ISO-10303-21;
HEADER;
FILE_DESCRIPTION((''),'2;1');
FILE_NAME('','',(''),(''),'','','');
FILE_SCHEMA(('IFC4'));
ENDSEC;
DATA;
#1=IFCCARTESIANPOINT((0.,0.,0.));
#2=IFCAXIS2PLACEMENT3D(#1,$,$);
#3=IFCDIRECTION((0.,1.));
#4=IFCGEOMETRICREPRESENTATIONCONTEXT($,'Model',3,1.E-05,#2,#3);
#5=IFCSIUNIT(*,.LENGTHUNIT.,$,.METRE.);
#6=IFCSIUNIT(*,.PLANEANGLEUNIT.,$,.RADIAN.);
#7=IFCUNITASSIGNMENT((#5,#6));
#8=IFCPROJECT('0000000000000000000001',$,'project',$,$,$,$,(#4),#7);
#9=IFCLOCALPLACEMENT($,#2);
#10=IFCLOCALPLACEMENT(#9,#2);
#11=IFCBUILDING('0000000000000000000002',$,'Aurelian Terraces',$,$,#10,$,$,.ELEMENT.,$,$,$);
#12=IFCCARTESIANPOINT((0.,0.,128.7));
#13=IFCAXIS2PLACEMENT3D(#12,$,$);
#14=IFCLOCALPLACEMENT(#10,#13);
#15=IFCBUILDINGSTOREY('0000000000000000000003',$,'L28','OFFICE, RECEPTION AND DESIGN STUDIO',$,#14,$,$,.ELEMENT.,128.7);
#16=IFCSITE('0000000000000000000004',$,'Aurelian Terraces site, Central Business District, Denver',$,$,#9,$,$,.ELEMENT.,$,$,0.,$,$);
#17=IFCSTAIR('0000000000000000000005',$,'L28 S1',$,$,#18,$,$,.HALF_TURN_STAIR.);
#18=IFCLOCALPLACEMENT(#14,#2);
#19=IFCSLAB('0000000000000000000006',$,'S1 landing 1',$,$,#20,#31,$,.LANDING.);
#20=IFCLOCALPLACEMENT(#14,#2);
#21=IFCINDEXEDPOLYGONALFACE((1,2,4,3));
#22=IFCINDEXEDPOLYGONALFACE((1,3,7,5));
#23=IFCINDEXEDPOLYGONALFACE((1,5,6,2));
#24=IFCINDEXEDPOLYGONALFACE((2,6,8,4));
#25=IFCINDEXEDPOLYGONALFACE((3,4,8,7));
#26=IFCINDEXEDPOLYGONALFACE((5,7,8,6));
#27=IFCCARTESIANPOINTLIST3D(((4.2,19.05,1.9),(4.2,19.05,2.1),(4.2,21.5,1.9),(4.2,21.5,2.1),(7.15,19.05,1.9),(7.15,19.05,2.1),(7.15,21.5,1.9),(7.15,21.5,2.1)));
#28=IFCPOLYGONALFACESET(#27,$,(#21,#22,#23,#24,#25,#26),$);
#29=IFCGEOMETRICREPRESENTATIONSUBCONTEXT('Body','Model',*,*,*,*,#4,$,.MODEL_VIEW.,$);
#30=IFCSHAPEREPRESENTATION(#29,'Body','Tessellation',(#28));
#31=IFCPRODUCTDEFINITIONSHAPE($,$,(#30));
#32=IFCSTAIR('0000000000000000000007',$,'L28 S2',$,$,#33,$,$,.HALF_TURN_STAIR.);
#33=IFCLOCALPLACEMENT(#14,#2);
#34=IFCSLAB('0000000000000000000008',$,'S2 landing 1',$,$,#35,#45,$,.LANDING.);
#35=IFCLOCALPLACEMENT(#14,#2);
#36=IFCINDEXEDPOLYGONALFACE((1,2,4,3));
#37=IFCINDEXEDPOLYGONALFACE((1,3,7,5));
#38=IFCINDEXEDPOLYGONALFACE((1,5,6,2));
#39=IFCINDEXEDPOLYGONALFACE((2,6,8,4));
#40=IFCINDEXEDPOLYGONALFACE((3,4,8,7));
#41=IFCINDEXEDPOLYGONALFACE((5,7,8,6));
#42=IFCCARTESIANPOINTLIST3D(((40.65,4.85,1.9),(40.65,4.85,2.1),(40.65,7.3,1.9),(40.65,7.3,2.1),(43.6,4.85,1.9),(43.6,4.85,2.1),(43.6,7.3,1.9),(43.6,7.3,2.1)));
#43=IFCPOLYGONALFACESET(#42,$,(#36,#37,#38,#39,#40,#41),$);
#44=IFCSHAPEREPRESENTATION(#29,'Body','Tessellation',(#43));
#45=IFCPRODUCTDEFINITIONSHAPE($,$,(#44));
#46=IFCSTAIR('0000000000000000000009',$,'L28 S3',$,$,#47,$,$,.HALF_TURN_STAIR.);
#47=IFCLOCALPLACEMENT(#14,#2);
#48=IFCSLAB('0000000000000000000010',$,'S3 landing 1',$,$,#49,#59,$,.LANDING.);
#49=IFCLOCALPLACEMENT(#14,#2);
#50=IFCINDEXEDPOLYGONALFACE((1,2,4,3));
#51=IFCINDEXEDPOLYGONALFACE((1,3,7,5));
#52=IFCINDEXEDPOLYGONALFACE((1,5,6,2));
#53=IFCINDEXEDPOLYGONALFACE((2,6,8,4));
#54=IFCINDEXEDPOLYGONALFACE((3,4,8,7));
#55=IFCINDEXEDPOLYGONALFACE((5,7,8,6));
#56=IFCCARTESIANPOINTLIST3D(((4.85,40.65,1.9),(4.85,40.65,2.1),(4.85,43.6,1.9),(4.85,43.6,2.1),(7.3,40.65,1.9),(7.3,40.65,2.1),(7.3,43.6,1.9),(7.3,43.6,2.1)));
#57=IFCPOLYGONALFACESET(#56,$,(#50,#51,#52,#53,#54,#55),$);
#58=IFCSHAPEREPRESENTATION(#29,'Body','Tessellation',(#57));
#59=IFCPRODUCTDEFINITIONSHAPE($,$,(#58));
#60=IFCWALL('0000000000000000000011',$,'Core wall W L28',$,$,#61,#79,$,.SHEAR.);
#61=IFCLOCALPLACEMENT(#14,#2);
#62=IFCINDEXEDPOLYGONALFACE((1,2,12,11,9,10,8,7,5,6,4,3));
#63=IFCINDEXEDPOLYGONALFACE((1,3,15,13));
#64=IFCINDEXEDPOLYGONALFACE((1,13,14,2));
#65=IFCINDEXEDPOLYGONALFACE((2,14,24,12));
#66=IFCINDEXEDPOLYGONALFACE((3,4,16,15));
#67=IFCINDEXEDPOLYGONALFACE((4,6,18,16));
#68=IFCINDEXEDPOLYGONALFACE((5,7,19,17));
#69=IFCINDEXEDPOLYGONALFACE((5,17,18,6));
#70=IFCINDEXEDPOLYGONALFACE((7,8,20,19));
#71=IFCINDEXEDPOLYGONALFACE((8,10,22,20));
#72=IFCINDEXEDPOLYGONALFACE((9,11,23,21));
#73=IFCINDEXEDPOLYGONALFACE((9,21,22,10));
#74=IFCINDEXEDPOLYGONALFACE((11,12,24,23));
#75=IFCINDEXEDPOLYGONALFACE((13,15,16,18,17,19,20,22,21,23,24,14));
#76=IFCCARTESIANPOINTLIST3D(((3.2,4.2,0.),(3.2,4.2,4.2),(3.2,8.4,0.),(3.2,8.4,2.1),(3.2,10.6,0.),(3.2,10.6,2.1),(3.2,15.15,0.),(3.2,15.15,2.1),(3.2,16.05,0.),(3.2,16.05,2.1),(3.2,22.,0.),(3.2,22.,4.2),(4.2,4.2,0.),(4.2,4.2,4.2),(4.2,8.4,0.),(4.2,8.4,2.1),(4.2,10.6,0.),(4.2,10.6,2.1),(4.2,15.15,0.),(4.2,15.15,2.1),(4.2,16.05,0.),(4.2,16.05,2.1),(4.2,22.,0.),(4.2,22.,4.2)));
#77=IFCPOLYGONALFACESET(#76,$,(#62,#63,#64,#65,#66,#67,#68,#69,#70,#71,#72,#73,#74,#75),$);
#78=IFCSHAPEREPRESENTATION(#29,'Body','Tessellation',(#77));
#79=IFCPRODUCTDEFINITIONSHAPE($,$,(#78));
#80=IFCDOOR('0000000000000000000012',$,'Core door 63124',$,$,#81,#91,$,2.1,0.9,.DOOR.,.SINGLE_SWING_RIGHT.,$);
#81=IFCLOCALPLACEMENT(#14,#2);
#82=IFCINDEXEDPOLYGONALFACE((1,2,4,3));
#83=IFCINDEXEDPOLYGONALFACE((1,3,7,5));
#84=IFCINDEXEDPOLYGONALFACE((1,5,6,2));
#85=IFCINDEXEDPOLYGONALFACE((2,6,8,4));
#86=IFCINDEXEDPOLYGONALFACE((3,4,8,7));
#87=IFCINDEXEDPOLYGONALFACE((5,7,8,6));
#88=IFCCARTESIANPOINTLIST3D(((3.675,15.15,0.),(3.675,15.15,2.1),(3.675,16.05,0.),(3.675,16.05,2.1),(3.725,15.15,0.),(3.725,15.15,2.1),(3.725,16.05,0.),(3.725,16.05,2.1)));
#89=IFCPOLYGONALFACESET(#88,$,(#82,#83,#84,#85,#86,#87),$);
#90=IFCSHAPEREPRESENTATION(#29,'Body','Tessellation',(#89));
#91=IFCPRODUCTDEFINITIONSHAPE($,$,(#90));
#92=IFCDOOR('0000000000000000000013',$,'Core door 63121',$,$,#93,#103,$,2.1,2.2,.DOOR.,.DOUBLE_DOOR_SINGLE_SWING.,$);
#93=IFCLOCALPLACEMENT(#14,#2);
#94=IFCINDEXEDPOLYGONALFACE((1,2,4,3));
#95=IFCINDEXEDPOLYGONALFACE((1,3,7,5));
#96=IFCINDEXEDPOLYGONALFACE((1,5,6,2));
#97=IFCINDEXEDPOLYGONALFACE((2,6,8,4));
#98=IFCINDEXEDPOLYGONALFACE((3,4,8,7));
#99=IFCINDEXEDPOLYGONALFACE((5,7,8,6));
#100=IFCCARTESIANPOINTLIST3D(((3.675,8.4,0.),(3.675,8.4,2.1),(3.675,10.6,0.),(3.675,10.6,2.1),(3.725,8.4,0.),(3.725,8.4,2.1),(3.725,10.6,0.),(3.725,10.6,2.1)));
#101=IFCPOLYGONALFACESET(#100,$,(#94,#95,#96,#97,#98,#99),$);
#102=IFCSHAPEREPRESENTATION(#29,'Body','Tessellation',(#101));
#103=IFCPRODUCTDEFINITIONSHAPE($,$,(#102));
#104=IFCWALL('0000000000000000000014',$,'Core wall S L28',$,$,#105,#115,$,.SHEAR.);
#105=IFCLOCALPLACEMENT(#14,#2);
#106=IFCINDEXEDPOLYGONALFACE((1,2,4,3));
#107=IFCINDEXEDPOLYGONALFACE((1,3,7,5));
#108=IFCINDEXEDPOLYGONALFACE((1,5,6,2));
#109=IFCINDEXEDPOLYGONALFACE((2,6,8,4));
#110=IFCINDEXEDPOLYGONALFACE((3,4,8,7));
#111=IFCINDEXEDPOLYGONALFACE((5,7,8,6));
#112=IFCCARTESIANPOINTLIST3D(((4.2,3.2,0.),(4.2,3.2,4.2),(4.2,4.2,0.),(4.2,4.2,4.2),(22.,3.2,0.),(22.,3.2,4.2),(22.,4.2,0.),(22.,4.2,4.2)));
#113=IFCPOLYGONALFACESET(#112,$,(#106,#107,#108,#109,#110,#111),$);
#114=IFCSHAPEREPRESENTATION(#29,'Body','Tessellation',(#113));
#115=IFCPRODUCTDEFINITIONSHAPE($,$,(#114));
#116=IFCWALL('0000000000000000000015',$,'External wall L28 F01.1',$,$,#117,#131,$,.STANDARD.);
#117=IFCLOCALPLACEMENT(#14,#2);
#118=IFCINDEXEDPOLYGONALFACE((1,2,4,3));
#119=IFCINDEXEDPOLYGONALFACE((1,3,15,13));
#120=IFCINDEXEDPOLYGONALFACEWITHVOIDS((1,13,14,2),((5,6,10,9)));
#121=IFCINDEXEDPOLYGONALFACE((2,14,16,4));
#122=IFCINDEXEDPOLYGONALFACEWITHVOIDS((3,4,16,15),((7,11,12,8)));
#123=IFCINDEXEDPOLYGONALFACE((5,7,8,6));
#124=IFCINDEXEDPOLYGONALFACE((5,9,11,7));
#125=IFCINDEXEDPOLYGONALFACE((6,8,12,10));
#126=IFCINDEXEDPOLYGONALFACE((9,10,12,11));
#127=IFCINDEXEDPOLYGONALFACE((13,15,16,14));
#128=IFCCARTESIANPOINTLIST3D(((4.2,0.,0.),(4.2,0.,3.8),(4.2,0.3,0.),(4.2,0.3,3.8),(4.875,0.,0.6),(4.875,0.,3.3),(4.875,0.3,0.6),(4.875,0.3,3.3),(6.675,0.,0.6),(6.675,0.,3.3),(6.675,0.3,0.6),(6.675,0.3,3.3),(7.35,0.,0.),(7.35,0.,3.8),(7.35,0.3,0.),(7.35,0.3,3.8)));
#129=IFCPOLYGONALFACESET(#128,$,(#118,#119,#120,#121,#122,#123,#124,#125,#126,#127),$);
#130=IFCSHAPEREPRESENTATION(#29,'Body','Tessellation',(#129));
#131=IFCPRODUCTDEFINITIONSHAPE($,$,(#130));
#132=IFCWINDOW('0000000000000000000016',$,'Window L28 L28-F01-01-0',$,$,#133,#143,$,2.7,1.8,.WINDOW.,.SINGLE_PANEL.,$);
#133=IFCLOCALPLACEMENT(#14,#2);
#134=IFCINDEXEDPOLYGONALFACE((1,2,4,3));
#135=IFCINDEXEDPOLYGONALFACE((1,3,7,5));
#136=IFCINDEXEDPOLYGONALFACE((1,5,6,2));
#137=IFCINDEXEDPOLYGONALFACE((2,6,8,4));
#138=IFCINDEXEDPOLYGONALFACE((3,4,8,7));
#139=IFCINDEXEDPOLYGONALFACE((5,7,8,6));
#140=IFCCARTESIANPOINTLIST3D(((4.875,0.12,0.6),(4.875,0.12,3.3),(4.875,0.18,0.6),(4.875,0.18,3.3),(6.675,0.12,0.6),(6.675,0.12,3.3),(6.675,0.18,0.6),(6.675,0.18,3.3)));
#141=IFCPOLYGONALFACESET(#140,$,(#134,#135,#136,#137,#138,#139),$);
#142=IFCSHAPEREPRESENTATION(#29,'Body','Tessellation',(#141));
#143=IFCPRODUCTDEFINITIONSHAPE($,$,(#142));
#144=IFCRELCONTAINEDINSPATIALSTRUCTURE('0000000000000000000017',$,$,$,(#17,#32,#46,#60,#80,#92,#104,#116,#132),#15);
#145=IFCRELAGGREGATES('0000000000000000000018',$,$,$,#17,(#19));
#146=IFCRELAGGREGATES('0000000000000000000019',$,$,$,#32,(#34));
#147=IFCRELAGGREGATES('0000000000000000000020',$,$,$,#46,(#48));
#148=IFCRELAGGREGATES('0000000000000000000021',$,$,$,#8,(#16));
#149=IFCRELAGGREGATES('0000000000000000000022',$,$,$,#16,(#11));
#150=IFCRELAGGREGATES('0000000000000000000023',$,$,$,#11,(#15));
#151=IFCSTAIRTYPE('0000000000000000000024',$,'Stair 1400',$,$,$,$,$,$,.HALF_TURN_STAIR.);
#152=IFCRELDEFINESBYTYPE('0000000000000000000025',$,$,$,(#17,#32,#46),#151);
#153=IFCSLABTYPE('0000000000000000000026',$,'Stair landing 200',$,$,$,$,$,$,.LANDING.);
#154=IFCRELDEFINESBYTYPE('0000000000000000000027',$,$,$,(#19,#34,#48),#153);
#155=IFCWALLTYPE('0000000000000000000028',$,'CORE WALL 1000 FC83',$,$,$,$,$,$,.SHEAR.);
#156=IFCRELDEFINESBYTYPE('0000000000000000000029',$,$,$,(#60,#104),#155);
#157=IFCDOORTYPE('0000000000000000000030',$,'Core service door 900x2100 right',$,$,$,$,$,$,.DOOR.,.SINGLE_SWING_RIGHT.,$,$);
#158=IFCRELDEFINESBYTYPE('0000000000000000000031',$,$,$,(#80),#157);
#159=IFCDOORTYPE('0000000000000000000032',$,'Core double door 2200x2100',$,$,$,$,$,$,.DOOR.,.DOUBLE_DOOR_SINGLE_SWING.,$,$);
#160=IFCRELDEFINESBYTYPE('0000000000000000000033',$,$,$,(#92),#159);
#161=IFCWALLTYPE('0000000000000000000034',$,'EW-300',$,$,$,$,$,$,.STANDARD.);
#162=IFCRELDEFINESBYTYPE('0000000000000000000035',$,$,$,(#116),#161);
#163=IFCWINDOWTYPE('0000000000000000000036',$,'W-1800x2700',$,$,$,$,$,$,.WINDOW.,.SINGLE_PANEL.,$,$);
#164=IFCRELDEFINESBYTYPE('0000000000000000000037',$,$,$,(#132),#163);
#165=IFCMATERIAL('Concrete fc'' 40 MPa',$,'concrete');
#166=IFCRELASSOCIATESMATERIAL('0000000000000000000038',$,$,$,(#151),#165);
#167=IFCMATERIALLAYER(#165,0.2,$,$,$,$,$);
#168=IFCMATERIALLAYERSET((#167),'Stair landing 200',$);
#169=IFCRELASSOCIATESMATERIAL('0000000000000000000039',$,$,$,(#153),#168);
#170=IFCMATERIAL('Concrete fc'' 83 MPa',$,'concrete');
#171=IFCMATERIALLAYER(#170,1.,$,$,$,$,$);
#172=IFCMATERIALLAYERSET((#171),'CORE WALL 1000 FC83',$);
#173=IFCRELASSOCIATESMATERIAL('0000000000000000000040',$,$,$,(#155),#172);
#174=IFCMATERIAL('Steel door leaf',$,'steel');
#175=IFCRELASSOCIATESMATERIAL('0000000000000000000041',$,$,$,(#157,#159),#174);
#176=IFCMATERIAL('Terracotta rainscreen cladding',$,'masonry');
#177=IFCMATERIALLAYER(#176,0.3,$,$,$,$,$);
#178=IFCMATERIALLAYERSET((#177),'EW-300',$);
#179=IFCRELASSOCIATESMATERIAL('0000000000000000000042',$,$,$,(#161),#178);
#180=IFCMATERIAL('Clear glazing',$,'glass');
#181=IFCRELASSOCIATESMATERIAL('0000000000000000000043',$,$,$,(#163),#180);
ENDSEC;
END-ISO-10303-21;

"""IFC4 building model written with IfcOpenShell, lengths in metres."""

from ifc_helpers import new_model, si_unit, direction, frame, frame_2d, origin, place, context, subcontext, project, spatial, polyline, rectangle, outline, extrude, source, transform, mapped, material, layer, layer_set, type_object, element, fill, aggregate, save


model = new_model("IFC4")

# Units and contexts
model_context = context("Model", 3, precision=1e-05, world=origin(), true_north=direction((0.0, 1.0)))
body_context = subcontext(model_context, "Body", "Model", "MODEL_VIEW")
ifc_project = project(units=[si_unit("LENGTHUNIT", "METRE"), si_unit("PLANEANGLEUNIT", "RADIAN")], contexts=[model_context])

# Site, building, storey
site_placement = place(None, origin())
site = spatial("IfcSite", under=ifc_project, at=site_placement, Name="Aurelian Terraces site, Central Business District, Denver", CompositionType="ELEMENT", RefElevation=0.0)
building_placement = place(site_placement, origin())
building = spatial("IfcBuilding", under=site, at=building_placement, Name="Aurelian Terraces", CompositionType="ELEMENT")
storey_placement = place(building_placement, frame((0.0, 0.0, 128.7)))
storey = spatial("IfcBuildingStorey", under=building, at=storey_placement, Name="L28", Description="OFFICE, RECEPTION AND DESIGN STUDIO", CompositionType="ELEMENT", Elevation=128.7)

# Shared definitions
ifc_material_1 = material(Name="Concrete fc' 40 MPa", Category="concrete")

# Stairs, slabs
stair_type = type_object("IfcStairType", Name="Stair 1400", PredefinedType="HALF_TURN_STAIR", material=ifc_material_1)
stair_1_placement = place(storey_placement, origin())
stair_1 = element("IfcStair", 1, at=stair_1_placement, inside=storey, type_object=stair_type, Name="L28 S1", PredefinedType="HALF_TURN_STAIR")
ifc_layer_1 = layer(ifc_material_1, 0.2)
ifc_layer_set_1 = layer_set([ifc_layer_1], Name="Stair landing 200")
slab_type_1 = type_object("IfcSlabType", Name="Stair landing 200", PredefinedType="LANDING", material=ifc_layer_set_1)
shared_shape_1 = source(origin(), body_context, "Body", "SweptSolid", [
    extrude(outline(polyline([(7.15, 19.05), (7.15, 21.5), (4.2, 21.5), (4.2, 19.05), (7.15, 19.05)])), origin(), (0.0, 0.0, 1.0), 0.2),
])
slab_1_placement = place(storey_placement, frame((0.0, 0.0, 1.9)))
slab_1 = element("IfcSlab", 2, at=slab_1_placement, type_object=slab_type_1, Name="S1 landing 1", PredefinedType="LANDING", context=body_context, shape_type="MappedRepresentation", body=[
    mapped(shared_shape_1, transform((0.0, 0.0, 0.0), scale=1.0)),
])
aggregate(stair_1, [slab_1])
stair_2_placement = place(storey_placement, origin())
stair_2 = element("IfcStair", 3, at=stair_2_placement, inside=storey, type_object=stair_type, Name="L28 S2", PredefinedType="HALF_TURN_STAIR")
shared_shape_2 = source(origin(), body_context, "Body", "SweptSolid", [
    extrude(outline(polyline([(43.6, 4.85), (43.6, 7.3), (40.65, 7.3), (40.65, 4.85), (43.6, 4.85)])), origin(), (0.0, 0.0, 1.0), 0.2),
])
slab_2_placement = place(storey_placement, frame((0.0, 0.0, 1.9)))
slab_2 = element("IfcSlab", 4, at=slab_2_placement, type_object=slab_type_1, Name="S2 landing 1", PredefinedType="LANDING", context=body_context, shape_type="MappedRepresentation", body=[
    mapped(shared_shape_2, transform((0.0, 0.0, 0.0), scale=1.0)),
])
aggregate(stair_2, [slab_2])
stair_3_placement = place(storey_placement, origin())
stair_3 = element("IfcStair", 5, at=stair_3_placement, inside=storey, type_object=stair_type, Name="L28 S3", PredefinedType="HALF_TURN_STAIR")
shared_shape_3 = source(origin(), body_context, "Body", "SweptSolid", [
    extrude(outline(polyline([(4.85, 40.65), (7.3, 40.65), (7.3, 43.6), (4.85, 43.6), (4.85, 40.65)])), origin(), (0.0, 0.0, 1.0), 0.2),
])
slab_3_placement = place(storey_placement, frame((0.0, 0.0, 1.9)))
slab_3 = element("IfcSlab", 6, at=slab_3_placement, type_object=slab_type_1, Name="S3 landing 1", PredefinedType="LANDING", context=body_context, shape_type="MappedRepresentation", body=[
    mapped(shared_shape_3, transform((0.0, 0.0, 0.0), scale=1.0)),
])
aggregate(stair_3, [slab_3])

# Wall, openings, doors
ifc_material_2 = material(Name="Concrete fc' 83 MPa", Category="concrete")
ifc_layer_2 = layer(ifc_material_2, 1.0)
ifc_layer_set_2 = layer_set([ifc_layer_2], Name="CORE WALL 1000 FC83")
wall_type_1 = type_object("IfcWallType", Name="CORE WALL 1000 FC83", PredefinedType="SHEAR", material=ifc_layer_set_2)
shared_shape_4 = source(origin(), body_context, "Body", "SweptSolid", [
    extrude(rectangle(XDim=17.8, YDim=1.0, at=frame_2d((8.9, 0.0))), origin(), (0.0, 0.0, 1.0), 4.2),
])
wall_1_placement = place(storey_placement, frame((3.7, 4.2, 0.0), z_axis=(0.0, 0.0, 1.0), x_axis=(0.0, 1.0, 0.0)))
wall_1 = element("IfcWall", 7, at=wall_1_placement, inside=storey, type_object=wall_type_1, Name="Core wall W L28", PredefinedType="SHEAR", context=body_context, shape_type="MappedRepresentation", body=[
    mapped(shared_shape_4, transform((0.0, 0.0, 0.0), scale=1.0)),
])
shared_shape_5 = source(origin(), body_context, "Body", "SweptSolid", [
    extrude(rectangle(XDim=2.2, YDim=2.1, at=frame_2d((1.1, 1.05))), frame((0.0, 0.51, 0.0), z_axis=(0.0, -1.0, 0.0), x_axis=(1.0, 0.0, 0.0)), (0.0, 0.0, 1.0), 1.02),
])
opening_1_placement = place(wall_1_placement, frame((4.2, 0.0, 0.0)))
opening_1 = element("IfcOpeningElement", 8, at=opening_1_placement, cuts=wall_1, PredefinedType="OPENING", context=body_context, shape_type="MappedRepresentation", body=[
    mapped(shared_shape_5, transform((0.0, 0.0, 0.0), scale=1.0)),
])
shared_shape_6 = source(origin(), body_context, "Body", "SweptSolid", [
    extrude(rectangle(XDim=0.9, YDim=2.1, at=frame_2d((0.45, 1.05))), frame((0.0, 0.51, 0.0), z_axis=(0.0, -1.0, 0.0), x_axis=(1.0, 0.0, 0.0)), (0.0, 0.0, 1.0), 1.02),
])
opening_2_placement = place(wall_1_placement, frame((10.95, 0.0, 0.0)))
opening_2 = element("IfcOpeningElement", 9, at=opening_2_placement, cuts=wall_1, PredefinedType="OPENING", context=body_context, shape_type="MappedRepresentation", body=[
    mapped(shared_shape_6, transform((0.0, 0.0, 0.0), scale=1.0)),
])
ifc_material_3 = material(Name="Steel door leaf", Category="steel")
door_type_1 = type_object("IfcDoorType", Name="Core service door 900x2100 right", OperationType="SINGLE_SWING_RIGHT", PredefinedType="DOOR", material=ifc_material_3)
shared_shape_7 = source(origin(), body_context, "Body", "SweptSolid", [
    extrude(rectangle(XDim=0.9, YDim=2.1, at=frame_2d((0.45, 1.05))), frame((0.0, 0.025, 0.0), z_axis=(0.0, -1.0, 0.0), x_axis=(1.0, 0.0, 0.0)), (0.0, 0.0, 1.0), 0.05),
])
door_1_placement = place(opening_2_placement, origin())
door_1 = element("IfcDoor", 10, at=door_1_placement, inside=storey, type_object=door_type_1, Name="Core door 63124", OperationType="SINGLE_SWING_RIGHT", OverallHeight=2.1, OverallWidth=0.9, PredefinedType="DOOR", context=body_context, shape_type="MappedRepresentation", body=[
    mapped(shared_shape_7, transform((0.0, 0.0, 0.0), scale=1.0)),
])
fill(opening_2, door_1)
door_type_2 = type_object("IfcDoorType", Name="Core double door 2200x2100", OperationType="DOUBLE_DOOR_SINGLE_SWING", PredefinedType="DOOR", material=ifc_material_3)
shared_shape_8 = source(origin(), body_context, "Body", "SweptSolid", [
    extrude(rectangle(XDim=2.2, YDim=2.1, at=frame_2d((1.1, 1.05))), frame((0.0, 0.025, 0.0), z_axis=(0.0, -1.0, 0.0), x_axis=(1.0, 0.0, 0.0)), (0.0, 0.0, 1.0), 0.05),
])
door_2_placement = place(opening_1_placement, origin())
door_2 = element("IfcDoor", 11, at=door_2_placement, inside=storey, type_object=door_type_2, Name="Core door 63121", OperationType="DOUBLE_DOOR_SINGLE_SWING", OverallHeight=2.1, OverallWidth=2.2, PredefinedType="DOOR", context=body_context, shape_type="MappedRepresentation", body=[
    mapped(shared_shape_8, transform((0.0, 0.0, 0.0), scale=1.0)),
])
fill(opening_1, door_2)

# Wall
wall_2_placement = place(storey_placement, frame((4.2, 3.7, 0.0), z_axis=(0.0, 0.0, 1.0), x_axis=(1.0, 0.0, 0.0)))
element("IfcWall", 12, at=wall_2_placement, inside=storey, type_object=wall_type_1, Name="Core wall S L28", PredefinedType="SHEAR", context=body_context, shape_type="MappedRepresentation", body=[
    mapped(shared_shape_4, transform((0.0, 0.0, 0.0), scale=1.0)),
])

# Wall, opening, window
ifc_material_4 = material(Name="Terracotta rainscreen cladding", Category="masonry")
ifc_layer_3 = layer(ifc_material_4, 0.3)
ifc_layer_set_3 = layer_set([ifc_layer_3], Name="EW-300")
wall_type_2 = type_object("IfcWallType", Name="EW-300", PredefinedType="STANDARD", material=ifc_layer_set_3)
shared_shape_9 = source(origin(), body_context, "Body", "SweptSolid", [
    extrude(rectangle(XDim=3.15, YDim=0.3, at=frame_2d((1.575, 0.0))), origin(), (0.0, 0.0, 1.0), 3.8),
])
wall_3_placement = place(storey_placement, frame((4.2, 0.15, 0.0), z_axis=(0.0, 0.0, 1.0), x_axis=(1.0, 0.0, 0.0)))
wall_3 = element("IfcWall", 13, at=wall_3_placement, inside=storey, type_object=wall_type_2, Name="External wall L28 F01.1", PredefinedType="STANDARD", context=body_context, shape_type="MappedRepresentation", body=[
    mapped(shared_shape_9, transform((0.0, 0.0, 0.0), scale=1.0)),
])
shared_shape_10 = source(origin(), body_context, "Body", "SweptSolid", [
    extrude(rectangle(XDim=1.8, YDim=2.7, at=frame_2d((0.9, 1.35))), frame((0.0, 0.16, 0.0), z_axis=(0.0, -1.0, 0.0), x_axis=(1.0, 0.0, 0.0)), (0.0, 0.0, 1.0), 0.32),
])
opening_3_placement = place(wall_3_placement, frame((0.675, 0.0, 0.6)))
opening_3 = element("IfcOpeningElement", 14, at=opening_3_placement, cuts=wall_3, PredefinedType="OPENING", context=body_context, shape_type="MappedRepresentation", body=[
    mapped(shared_shape_10, transform((0.0, 0.0, 0.0), scale=1.0)),
])
ifc_material_5 = material(Name="Clear glazing", Category="glass")
window_type = type_object("IfcWindowType", Name="W-1800x2700", PartitioningType="SINGLE_PANEL", PredefinedType="WINDOW", material=ifc_material_5)
shared_shape_11 = source(origin(), body_context, "Body", "SweptSolid", [
    extrude(rectangle(XDim=1.8, YDim=2.7, at=frame_2d((0.9, 1.35))), frame((0.0, 0.03, 0.0), z_axis=(0.0, -1.0, 0.0), x_axis=(1.0, 0.0, 0.0)), (0.0, 0.0, 1.0), 0.06),
])
window_1_placement = place(opening_3_placement, origin())
window_1 = element("IfcWindow", 15, at=window_1_placement, inside=storey, type_object=window_type, Name="Window L28 L28-F01-01-0", OverallHeight=2.7, OverallWidth=1.8, PartitioningType="SINGLE_PANEL", PredefinedType="WINDOW", context=body_context, shape_type="MappedRepresentation", body=[
    mapped(shared_shape_11, transform((0.0, 0.0, 0.0), scale=1.0)),
])
fill(opening_3, window_1)

save(model, "model.ifc")
